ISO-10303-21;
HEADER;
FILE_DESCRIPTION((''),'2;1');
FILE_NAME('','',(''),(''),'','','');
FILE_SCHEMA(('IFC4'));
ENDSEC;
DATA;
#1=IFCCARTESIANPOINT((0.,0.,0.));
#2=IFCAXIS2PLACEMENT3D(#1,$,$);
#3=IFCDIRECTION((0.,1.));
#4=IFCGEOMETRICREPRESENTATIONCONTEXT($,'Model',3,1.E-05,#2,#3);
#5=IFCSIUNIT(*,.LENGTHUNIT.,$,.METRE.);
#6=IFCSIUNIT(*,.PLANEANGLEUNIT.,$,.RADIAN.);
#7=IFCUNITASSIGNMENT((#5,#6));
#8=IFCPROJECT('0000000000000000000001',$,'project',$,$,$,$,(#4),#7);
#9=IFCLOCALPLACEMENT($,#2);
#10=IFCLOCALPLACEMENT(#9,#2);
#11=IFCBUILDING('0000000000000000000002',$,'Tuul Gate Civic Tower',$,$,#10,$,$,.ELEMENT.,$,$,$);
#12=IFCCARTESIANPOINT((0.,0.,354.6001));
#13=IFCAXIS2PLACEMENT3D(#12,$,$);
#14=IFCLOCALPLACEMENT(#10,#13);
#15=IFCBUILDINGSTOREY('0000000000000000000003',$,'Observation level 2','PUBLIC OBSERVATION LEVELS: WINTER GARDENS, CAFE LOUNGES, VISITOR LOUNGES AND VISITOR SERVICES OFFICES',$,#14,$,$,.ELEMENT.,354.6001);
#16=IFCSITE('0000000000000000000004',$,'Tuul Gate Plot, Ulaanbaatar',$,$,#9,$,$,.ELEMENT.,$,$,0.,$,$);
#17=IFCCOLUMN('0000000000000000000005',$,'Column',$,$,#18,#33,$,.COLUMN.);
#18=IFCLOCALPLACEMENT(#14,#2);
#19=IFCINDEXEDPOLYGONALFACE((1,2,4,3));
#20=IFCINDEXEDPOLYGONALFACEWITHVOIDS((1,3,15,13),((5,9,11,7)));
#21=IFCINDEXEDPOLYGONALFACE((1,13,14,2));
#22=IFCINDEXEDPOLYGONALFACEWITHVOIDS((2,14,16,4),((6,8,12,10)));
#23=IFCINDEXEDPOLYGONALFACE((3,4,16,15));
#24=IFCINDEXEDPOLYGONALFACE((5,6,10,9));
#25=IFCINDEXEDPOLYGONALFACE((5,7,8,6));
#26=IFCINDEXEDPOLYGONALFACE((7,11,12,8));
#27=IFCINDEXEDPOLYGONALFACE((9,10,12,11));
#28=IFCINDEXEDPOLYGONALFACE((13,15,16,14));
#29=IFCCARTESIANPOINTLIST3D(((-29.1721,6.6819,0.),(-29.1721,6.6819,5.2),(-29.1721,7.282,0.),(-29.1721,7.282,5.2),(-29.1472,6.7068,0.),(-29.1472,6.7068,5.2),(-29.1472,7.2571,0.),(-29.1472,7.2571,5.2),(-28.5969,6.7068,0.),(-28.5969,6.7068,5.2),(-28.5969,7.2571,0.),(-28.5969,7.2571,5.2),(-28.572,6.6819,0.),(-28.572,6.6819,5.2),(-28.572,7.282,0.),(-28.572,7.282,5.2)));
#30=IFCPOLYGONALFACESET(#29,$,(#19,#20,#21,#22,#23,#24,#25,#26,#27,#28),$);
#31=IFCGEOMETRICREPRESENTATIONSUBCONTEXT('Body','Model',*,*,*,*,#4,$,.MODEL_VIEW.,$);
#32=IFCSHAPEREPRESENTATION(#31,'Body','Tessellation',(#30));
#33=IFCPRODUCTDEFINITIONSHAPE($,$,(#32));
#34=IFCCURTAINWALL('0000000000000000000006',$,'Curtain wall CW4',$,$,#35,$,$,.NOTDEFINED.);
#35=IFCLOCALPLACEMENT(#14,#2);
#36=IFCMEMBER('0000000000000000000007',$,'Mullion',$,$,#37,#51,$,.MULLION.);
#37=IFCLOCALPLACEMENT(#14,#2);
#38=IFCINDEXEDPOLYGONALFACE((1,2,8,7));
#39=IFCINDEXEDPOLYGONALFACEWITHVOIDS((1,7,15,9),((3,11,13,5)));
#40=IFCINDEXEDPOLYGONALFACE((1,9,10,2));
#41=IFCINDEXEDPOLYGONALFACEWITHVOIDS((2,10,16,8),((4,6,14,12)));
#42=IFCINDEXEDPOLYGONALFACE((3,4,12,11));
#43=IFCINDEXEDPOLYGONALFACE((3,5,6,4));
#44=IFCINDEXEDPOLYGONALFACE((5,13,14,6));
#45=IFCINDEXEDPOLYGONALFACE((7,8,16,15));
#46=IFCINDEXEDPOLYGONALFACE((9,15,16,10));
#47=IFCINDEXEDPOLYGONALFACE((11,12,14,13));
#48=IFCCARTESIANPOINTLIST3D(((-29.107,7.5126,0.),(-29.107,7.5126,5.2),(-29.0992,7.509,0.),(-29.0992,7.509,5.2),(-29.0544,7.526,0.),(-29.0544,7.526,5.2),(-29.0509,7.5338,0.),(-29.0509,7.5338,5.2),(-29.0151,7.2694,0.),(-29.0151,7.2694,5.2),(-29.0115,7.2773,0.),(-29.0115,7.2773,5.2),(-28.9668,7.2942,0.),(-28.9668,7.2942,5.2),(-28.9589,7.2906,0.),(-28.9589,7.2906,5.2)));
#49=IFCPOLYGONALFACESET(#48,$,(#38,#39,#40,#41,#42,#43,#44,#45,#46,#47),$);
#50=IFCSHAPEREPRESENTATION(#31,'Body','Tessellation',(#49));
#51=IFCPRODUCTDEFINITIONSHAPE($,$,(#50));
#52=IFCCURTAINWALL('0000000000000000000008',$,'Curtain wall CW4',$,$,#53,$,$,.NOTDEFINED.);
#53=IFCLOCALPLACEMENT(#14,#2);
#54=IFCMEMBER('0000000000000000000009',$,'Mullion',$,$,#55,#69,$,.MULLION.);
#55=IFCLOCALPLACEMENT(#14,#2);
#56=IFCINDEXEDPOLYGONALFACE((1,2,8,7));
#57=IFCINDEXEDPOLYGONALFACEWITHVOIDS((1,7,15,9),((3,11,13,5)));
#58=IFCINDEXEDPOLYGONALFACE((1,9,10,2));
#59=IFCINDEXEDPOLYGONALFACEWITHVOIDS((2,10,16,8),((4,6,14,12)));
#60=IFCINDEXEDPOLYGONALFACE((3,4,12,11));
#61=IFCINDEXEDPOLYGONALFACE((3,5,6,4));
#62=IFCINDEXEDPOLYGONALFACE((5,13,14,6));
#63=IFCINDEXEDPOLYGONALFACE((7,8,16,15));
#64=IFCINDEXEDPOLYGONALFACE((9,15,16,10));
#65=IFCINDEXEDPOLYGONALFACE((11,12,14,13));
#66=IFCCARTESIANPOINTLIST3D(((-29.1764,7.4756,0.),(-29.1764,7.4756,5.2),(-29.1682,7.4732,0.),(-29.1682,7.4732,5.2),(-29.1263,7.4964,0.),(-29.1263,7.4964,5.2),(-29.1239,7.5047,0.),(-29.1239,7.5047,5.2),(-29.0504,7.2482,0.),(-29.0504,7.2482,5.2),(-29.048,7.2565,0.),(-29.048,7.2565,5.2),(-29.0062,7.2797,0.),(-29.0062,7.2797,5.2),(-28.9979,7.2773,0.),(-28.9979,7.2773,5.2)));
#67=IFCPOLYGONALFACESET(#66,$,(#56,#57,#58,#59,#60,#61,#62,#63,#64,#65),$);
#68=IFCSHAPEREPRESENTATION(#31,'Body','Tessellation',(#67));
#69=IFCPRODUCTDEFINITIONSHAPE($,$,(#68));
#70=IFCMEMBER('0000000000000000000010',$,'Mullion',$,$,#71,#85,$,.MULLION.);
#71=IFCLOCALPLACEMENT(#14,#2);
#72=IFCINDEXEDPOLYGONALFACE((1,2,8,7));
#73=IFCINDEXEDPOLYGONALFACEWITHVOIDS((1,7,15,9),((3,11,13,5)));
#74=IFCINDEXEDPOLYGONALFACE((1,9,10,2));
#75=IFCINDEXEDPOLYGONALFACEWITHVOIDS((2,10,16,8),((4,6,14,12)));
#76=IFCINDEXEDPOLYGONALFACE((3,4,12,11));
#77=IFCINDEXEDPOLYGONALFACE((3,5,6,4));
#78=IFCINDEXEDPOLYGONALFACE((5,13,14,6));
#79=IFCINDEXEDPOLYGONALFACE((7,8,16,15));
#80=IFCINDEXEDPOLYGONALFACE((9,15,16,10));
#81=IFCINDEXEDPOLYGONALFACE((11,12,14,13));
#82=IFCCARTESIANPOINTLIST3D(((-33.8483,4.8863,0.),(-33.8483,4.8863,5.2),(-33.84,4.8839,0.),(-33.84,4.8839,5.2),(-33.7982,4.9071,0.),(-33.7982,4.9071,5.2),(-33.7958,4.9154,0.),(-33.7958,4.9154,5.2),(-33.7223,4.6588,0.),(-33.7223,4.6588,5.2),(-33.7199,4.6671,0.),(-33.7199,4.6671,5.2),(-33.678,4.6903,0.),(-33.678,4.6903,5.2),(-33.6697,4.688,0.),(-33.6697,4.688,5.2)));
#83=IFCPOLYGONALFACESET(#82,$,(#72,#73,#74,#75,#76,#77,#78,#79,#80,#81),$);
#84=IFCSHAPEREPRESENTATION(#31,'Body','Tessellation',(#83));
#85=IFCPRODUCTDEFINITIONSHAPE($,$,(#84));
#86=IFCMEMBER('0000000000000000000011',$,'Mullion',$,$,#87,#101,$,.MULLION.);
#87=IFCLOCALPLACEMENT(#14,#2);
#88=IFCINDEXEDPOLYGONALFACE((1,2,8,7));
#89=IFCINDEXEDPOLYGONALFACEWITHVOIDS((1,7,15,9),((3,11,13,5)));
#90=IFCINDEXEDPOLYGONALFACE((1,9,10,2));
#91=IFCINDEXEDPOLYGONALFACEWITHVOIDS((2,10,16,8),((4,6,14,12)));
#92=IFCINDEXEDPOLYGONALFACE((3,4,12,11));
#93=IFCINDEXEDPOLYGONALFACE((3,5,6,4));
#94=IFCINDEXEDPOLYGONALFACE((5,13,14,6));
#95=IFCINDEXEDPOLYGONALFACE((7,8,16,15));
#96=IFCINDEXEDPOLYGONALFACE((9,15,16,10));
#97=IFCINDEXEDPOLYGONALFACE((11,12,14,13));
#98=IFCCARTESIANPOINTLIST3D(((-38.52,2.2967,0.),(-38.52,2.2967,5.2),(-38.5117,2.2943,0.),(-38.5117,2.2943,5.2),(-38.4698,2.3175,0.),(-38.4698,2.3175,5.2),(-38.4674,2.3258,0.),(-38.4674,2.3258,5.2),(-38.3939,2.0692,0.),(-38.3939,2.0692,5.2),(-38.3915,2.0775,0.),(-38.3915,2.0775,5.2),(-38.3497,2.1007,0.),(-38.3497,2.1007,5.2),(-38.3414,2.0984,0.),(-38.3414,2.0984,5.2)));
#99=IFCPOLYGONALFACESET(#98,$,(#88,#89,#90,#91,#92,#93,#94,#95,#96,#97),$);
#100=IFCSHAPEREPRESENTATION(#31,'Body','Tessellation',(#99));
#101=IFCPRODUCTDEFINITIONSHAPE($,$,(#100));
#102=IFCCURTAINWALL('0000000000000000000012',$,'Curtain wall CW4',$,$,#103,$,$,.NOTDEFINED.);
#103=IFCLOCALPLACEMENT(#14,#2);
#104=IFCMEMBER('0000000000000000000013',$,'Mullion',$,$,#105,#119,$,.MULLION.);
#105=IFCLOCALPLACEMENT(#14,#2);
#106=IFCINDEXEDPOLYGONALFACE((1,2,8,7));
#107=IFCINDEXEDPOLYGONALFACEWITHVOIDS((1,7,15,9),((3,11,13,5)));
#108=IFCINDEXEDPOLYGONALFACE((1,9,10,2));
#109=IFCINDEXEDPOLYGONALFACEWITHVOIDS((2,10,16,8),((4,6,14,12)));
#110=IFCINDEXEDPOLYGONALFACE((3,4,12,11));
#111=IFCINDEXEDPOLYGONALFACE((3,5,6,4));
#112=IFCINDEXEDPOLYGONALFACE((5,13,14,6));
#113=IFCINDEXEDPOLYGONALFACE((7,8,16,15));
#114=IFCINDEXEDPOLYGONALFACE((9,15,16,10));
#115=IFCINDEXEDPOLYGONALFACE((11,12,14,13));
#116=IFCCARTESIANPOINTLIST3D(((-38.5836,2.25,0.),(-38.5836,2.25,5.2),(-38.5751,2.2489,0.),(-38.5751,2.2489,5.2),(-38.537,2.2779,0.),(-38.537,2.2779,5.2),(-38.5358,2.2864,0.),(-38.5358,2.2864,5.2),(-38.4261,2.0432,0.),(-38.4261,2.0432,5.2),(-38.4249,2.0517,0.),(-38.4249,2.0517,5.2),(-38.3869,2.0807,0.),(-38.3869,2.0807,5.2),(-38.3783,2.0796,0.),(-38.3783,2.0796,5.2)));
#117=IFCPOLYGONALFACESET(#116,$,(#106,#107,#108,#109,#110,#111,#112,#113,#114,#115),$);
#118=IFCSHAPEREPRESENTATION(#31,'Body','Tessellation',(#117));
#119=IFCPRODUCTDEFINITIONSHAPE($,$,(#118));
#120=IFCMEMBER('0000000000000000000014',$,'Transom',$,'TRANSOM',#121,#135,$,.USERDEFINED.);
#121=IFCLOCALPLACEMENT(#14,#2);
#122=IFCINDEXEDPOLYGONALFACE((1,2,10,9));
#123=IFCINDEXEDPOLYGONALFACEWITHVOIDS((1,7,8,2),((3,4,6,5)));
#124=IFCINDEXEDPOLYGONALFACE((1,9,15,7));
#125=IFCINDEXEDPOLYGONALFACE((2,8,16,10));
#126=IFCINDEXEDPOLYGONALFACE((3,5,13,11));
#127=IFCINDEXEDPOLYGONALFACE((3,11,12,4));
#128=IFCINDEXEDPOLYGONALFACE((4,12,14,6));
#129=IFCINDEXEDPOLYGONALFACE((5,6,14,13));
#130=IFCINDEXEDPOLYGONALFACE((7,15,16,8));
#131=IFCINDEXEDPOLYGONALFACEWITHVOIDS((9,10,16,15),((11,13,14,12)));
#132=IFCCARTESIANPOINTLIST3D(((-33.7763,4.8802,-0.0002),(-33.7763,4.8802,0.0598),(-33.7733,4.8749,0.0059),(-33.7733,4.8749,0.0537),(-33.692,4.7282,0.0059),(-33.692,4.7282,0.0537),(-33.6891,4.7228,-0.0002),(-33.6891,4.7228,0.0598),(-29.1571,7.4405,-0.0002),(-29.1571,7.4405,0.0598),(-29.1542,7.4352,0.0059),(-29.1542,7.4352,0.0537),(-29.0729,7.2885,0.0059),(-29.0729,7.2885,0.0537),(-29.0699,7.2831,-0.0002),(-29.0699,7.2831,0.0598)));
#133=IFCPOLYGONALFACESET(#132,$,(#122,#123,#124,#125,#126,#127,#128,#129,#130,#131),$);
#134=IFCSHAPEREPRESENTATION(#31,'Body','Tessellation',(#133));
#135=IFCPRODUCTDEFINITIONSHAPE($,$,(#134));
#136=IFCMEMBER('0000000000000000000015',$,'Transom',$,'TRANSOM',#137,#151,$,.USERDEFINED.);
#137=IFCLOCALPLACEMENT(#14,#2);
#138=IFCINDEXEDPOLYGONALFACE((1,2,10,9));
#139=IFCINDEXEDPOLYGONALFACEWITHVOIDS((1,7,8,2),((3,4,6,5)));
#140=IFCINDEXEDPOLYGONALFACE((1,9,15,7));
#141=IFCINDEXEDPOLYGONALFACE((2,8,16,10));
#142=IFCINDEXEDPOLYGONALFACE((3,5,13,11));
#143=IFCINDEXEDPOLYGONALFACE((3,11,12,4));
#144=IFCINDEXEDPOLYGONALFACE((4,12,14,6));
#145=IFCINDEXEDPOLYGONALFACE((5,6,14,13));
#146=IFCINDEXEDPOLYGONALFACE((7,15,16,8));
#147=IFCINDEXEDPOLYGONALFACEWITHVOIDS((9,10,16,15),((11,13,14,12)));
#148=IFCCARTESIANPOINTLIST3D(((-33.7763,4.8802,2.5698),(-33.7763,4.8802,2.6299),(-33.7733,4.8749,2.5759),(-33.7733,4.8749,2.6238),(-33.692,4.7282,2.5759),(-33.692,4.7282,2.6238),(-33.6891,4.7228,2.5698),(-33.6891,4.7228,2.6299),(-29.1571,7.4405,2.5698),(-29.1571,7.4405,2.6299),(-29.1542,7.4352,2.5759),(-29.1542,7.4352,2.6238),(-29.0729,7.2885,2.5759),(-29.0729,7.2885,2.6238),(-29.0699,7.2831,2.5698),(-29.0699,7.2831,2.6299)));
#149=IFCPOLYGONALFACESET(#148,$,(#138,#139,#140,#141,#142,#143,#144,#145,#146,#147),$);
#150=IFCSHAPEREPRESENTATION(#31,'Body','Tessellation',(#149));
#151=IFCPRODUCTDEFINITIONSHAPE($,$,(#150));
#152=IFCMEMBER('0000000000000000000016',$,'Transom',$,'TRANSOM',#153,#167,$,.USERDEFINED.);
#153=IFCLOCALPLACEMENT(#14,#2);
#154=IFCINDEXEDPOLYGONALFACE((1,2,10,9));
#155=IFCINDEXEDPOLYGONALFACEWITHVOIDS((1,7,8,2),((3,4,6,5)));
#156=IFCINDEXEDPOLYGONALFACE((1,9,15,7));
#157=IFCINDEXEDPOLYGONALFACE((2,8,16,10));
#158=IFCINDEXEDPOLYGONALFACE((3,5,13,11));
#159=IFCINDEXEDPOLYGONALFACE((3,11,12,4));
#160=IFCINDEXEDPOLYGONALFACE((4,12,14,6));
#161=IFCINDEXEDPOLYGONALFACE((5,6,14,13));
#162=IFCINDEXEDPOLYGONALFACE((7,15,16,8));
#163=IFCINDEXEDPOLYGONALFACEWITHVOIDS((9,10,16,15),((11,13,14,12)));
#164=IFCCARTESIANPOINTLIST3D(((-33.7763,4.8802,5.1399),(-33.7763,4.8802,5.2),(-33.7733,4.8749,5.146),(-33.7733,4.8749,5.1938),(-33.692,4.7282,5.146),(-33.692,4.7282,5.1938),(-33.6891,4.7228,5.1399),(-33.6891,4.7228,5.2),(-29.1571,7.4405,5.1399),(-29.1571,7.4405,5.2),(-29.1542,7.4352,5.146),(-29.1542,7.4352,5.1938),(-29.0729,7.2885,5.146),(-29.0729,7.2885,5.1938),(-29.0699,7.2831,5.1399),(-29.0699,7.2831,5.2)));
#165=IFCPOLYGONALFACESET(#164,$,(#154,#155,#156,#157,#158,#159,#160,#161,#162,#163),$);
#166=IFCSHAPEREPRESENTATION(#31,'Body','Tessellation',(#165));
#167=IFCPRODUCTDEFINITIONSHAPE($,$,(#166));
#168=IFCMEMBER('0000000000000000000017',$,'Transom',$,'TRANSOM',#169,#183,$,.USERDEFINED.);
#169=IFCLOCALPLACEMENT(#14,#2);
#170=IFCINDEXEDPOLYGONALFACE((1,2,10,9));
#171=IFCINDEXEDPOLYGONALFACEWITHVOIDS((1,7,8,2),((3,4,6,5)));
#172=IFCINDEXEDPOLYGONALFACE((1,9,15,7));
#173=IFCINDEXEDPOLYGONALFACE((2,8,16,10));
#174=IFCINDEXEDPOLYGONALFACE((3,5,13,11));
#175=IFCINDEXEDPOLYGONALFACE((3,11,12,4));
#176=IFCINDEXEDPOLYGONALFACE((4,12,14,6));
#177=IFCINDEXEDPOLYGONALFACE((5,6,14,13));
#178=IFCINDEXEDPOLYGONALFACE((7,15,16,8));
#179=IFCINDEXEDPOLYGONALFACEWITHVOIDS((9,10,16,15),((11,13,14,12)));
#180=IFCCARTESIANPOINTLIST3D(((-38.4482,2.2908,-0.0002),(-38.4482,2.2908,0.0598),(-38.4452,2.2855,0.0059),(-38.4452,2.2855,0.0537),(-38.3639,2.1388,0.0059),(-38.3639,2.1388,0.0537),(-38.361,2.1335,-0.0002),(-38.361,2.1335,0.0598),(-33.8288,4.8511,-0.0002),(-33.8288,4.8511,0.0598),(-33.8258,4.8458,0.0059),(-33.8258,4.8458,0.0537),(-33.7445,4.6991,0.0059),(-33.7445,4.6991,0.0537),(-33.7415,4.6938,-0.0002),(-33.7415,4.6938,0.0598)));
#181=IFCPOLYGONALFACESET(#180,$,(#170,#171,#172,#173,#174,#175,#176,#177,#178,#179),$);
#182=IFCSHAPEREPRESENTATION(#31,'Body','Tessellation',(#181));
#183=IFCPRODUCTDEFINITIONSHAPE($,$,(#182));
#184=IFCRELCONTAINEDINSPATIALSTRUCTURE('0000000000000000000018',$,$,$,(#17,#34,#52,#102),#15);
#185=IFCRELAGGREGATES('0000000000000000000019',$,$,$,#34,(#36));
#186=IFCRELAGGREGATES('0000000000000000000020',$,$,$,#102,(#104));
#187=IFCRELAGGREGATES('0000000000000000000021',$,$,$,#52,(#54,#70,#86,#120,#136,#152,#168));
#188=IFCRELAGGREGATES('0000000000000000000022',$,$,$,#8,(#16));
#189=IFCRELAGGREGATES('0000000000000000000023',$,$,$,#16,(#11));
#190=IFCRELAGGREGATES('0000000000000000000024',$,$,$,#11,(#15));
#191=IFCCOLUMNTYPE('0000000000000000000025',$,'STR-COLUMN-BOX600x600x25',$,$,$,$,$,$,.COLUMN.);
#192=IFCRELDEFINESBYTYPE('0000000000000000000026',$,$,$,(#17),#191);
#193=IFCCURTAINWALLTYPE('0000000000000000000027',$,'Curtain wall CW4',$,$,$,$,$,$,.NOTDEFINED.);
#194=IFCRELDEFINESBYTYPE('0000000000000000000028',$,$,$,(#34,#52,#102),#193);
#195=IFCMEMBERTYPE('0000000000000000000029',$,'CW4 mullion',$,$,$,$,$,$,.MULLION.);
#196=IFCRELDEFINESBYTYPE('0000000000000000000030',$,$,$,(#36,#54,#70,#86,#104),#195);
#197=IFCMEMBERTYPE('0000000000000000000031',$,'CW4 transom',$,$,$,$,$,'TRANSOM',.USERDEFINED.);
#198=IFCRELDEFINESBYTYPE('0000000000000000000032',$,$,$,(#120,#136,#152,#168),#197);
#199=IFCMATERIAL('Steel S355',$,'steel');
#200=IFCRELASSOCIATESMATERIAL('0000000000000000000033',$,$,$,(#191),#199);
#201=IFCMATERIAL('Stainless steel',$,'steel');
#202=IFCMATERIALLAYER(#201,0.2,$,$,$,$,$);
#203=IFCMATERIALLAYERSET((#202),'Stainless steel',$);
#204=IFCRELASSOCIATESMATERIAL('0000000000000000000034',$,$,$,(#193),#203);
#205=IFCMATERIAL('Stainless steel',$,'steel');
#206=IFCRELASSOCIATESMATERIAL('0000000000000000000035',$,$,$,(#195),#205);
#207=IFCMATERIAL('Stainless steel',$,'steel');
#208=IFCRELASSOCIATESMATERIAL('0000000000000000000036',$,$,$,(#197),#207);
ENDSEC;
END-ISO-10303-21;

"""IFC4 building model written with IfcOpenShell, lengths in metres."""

from ifc_helpers import new_model, si_unit, direction, frame, origin, origin_2d, place, context, subcontext, project, spatial, hollow_rectangle, extrude, material, layer, layer_set, material_profile, profile_set, type_object, element, aggregate, save


model = new_model("IFC4")

# Units and contexts
model_context = context("Model", 3, precision=1e-05, world=origin(), true_north=direction((0.0, 1.0)))
body_context = subcontext(model_context, "Body", "Model", "MODEL_VIEW")
ifc_project = project(units=[si_unit("LENGTHUNIT", "METRE"), si_unit("PLANEANGLEUNIT", "RADIAN")], contexts=[model_context])

# Site, building, storey
site_placement = place(None, origin())
site = spatial("IfcSite", under=ifc_project, at=site_placement, Name="Tuul Gate Plot, Ulaanbaatar", CompositionType="ELEMENT", RefElevation=0.0)
building_placement = place(site_placement, origin())
building = spatial("IfcBuilding", under=site, at=building_placement, Name="Tuul Gate Civic Tower", CompositionType="ELEMENT")
storey_placement = place(building_placement, frame((0.0, 0.0, 354.6001)))
storey = spatial("IfcBuildingStorey", under=building, at=storey_placement, Name="Observation level 2", Description="PUBLIC OBSERVATION LEVELS: WINTER GARDENS, CAFE LOUNGES, VISITOR LOUNGES AND VISITOR SERVICES OFFICES", CompositionType="ELEMENT", Elevation=354.6001)

# Column
ifc_material_1 = material(Name="Steel S355", Category="steel")
ifc_material_profile_1 = material_profile(ifc_material_1, hollow_rectangle(XDim=0.6001, YDim=0.6001, WallThickness=0.0249, at=origin_2d()), Name="BOX600x600x25")
ifc_profile_set_1 = profile_set([ifc_material_profile_1], Name="Steel S355")
column_type = type_object("IfcColumnType", Name="STR-COLUMN-BOX600x600x25", PredefinedType="COLUMN", material=ifc_profile_set_1)
column_placement = place(storey_placement, frame((-28.8721, 6.9819, 0.0), z_axis=(0.0, 0.0, 1.0), x_axis=(1.0, 0.0, 0.0)))
element("IfcColumn", 1, at=column_placement, inside=storey, type_object=column_type, Name="Column", PredefinedType="COLUMN", context=body_context, shape_type="SweptSolid", body=[
    extrude(hollow_rectangle(XDim=0.6001, YDim=0.6001, WallThickness=0.0249, at=origin_2d()), origin(), (0.0, 0.0, 1.0), 5.2),
])

# Curtain wall, member
ifc_material_2 = material(Name="Stainless steel", Category="steel")
ifc_layer_1 = layer(ifc_material_2, 0.2)
ifc_layer_set_1 = layer_set([ifc_layer_1], Name="Stainless steel")
curtain_wall_type = type_object("IfcCurtainWallType", Name="Curtain wall CW4", PredefinedType="NOTDEFINED", material=ifc_layer_set_1)
curtain_wall_1_placement = place(storey_placement, origin())
curtain_wall_1 = element("IfcCurtainWall", 2, at=curtain_wall_1_placement, inside=storey, type_object=curtain_wall_type, Name="Curtain wall CW4", PredefinedType="NOTDEFINED")
ifc_material_3 = material(Name="Stainless steel", Category="steel")
ifc_material_profile_2 = material_profile(ifc_material_3, hollow_rectangle(XDim=0.26, YDim=0.0601, WallThickness=0.0061, at=origin_2d()), Name="CW4 mullion")
ifc_profile_set_2 = profile_set([ifc_material_profile_2], Name="Stainless steel")
member_type_1 = type_object("IfcMemberType", Name="CW4 mullion", PredefinedType="MULLION", material=ifc_profile_set_2)
member_1_placement = place(storey_placement, frame((-29.033, 7.4016, 0.0), z_axis=(0.0, 0.0, 1.0), x_axis=(0.353734, -0.935346, 0.0)))
member_1 = element("IfcMember", 3, at=member_1_placement, type_object=member_type_1, Name="Mullion", PredefinedType="MULLION", context=body_context, shape_type="SweptSolid", body=[
    extrude(hollow_rectangle(XDim=0.26, YDim=0.0601, WallThickness=0.0061, at=origin_2d()), origin(), (0.0, 0.0, 1.0), 5.2),
])
aggregate(curtain_wall_1, [member_1])

# Curtain wall, members
curtain_wall_2_placement = place(storey_placement, origin())
curtain_wall_2 = element("IfcCurtainWall", 4, at=curtain_wall_2_placement, inside=storey, type_object=curtain_wall_type, Name="Curtain wall CW4", PredefinedType="NOTDEFINED")
member_2_placement = place(storey_placement, frame((-29.0872, 7.3765, 0.0), z_axis=(0.0, 0.0, 1.0), x_axis=(0.484789, -0.874631, 0.0)))
member_2 = element("IfcMember", 5, at=member_2_placement, type_object=member_type_1, Name="Mullion", PredefinedType="MULLION", context=body_context, shape_type="SweptSolid", body=[
    extrude(hollow_rectangle(XDim=0.26, YDim=0.0601, WallThickness=0.0061, at=origin_2d()), origin(), (0.0, 0.0, 1.0), 5.2),
])
member_3_placement = place(storey_placement, frame((-33.759, 4.7871, 0.0), z_axis=(0.0, 0.0, 1.0), x_axis=(0.484789, -0.874631, 0.0)))
member_3 = element("IfcMember", 6, at=member_3_placement, type_object=member_type_1, Name="Mullion", PredefinedType="MULLION", context=body_context, shape_type="SweptSolid", body=[
    extrude(hollow_rectangle(XDim=0.26, YDim=0.0601, WallThickness=0.0061, at=origin_2d()), origin(), (0.0, 0.0, 1.0), 5.2),
])
member_4_placement = place(storey_placement, frame((-38.4307, 2.1975, 0.0), z_axis=(0.0, 0.0, 1.0), x_axis=(0.484789, -0.874631, 0.0)))
member_4 = element("IfcMember", 7, at=member_4_placement, type_object=member_type_1, Name="Mullion", PredefinedType="MULLION", context=body_context, shape_type="SweptSolid", body=[
    extrude(hollow_rectangle(XDim=0.26, YDim=0.0601, WallThickness=0.0061, at=origin_2d()), origin(), (0.0, 0.0, 1.0), 5.2),
])

# Curtain wall, member
curtain_wall_3_placement = place(storey_placement, origin())
curtain_wall_3 = element("IfcCurtainWall", 8, at=curtain_wall_3_placement, inside=storey, type_object=curtain_wall_type, Name="Curtain wall CW4", PredefinedType="NOTDEFINED")
member_5_placement = place(storey_placement, frame((-38.481, 2.1648, 0.0), z_axis=(0.0, 0.0, 1.0), x_axis=(0.605808, -0.795611, 0.0)))
member_5 = element("IfcMember", 9, at=member_5_placement, type_object=member_type_1, Name="Mullion", PredefinedType="MULLION", context=body_context, shape_type="SweptSolid", body=[
    extrude(hollow_rectangle(XDim=0.26, YDim=0.0601, WallThickness=0.0061, at=origin_2d()), origin(), (0.0, 0.0, 1.0), 5.2),
])

# Members
ifc_material_4 = material(Name="Stainless steel", Category="steel")
ifc_material_profile_3 = material_profile(ifc_material_4, hollow_rectangle(XDim=0.1799, YDim=0.0601, WallThickness=0.0061, at=origin_2d()), Name="CW4 transom")
ifc_profile_set_3 = profile_set([ifc_material_profile_3], Name="Stainless steel")
member_type_2 = type_object("IfcMemberType", Name="CW4 transom", ElementType="TRANSOM", PredefinedType="USERDEFINED", material=ifc_profile_set_3)
member_6_placement = place(storey_placement, frame((-29.1135, 7.3618, 0.0298), z_axis=(-0.87463, -0.484791, 0.0), x_axis=(0.484791, -0.87463, 0.0)))
member_6 = element("IfcMember", 10, at=member_6_placement, type_object=member_type_2, Name="Transom", ObjectType="TRANSOM", PredefinedType="USERDEFINED", context=body_context, shape_type="SweptSolid", body=[
    extrude(hollow_rectangle(XDim=0.1799, YDim=0.0601, WallThickness=0.0061, at=origin_2d()), origin(), (0.0, 0.0, 1.0), 5.2812),
])
member_7_placement = place(storey_placement, frame((-29.1135, 7.3618, 2.5999), z_axis=(-0.87463, -0.484791, 0.0), x_axis=(0.484791, -0.87463, 0.0)))
member_7 = element("IfcMember", 11, at=member_7_placement, type_object=member_type_2, Name="Transom", ObjectType="TRANSOM", PredefinedType="USERDEFINED", context=body_context, shape_type="SweptSolid", body=[
    extrude(hollow_rectangle(XDim=0.1799, YDim=0.0601, WallThickness=0.0061, at=origin_2d()), origin(), (0.0, 0.0, 1.0), 5.2812),
])
member_8_placement = place(storey_placement, frame((-29.1135, 7.3618, 5.1699), z_axis=(-0.87463, -0.484791, 0.0), x_axis=(0.484791, -0.87463, 0.0)))
member_8 = element("IfcMember", 12, at=member_8_placement, type_object=member_type_2, Name="Transom", ObjectType="TRANSOM", PredefinedType="USERDEFINED", context=body_context, shape_type="SweptSolid", body=[
    extrude(hollow_rectangle(XDim=0.1799, YDim=0.0601, WallThickness=0.0061, at=origin_2d()), origin(), (0.0, 0.0, 1.0), 5.2812),
])
member_9_placement = place(storey_placement, frame((-33.7852, 4.7725, 0.0298), z_axis=(-0.874641, -0.484771, 0.0), x_axis=(0.484771, -0.874641, 0.0)))
member_9 = element("IfcMember", 13, at=member_9_placement, type_object=member_type_2, Name="Transom", ObjectType="TRANSOM", PredefinedType="USERDEFINED", context=body_context, shape_type="SweptSolid", body=[
    extrude(hollow_rectangle(XDim=0.1799, YDim=0.0601, WallThickness=0.0061, at=origin_2d()), origin(), (0.0, 0.0, 1.0), 5.2815),
])
aggregate(curtain_wall_3, [member_5])

aggregate(curtain_wall_2, [member_2, member_3, member_4, member_6, member_7, member_8, member_9])

save(model, "model.ifc")
